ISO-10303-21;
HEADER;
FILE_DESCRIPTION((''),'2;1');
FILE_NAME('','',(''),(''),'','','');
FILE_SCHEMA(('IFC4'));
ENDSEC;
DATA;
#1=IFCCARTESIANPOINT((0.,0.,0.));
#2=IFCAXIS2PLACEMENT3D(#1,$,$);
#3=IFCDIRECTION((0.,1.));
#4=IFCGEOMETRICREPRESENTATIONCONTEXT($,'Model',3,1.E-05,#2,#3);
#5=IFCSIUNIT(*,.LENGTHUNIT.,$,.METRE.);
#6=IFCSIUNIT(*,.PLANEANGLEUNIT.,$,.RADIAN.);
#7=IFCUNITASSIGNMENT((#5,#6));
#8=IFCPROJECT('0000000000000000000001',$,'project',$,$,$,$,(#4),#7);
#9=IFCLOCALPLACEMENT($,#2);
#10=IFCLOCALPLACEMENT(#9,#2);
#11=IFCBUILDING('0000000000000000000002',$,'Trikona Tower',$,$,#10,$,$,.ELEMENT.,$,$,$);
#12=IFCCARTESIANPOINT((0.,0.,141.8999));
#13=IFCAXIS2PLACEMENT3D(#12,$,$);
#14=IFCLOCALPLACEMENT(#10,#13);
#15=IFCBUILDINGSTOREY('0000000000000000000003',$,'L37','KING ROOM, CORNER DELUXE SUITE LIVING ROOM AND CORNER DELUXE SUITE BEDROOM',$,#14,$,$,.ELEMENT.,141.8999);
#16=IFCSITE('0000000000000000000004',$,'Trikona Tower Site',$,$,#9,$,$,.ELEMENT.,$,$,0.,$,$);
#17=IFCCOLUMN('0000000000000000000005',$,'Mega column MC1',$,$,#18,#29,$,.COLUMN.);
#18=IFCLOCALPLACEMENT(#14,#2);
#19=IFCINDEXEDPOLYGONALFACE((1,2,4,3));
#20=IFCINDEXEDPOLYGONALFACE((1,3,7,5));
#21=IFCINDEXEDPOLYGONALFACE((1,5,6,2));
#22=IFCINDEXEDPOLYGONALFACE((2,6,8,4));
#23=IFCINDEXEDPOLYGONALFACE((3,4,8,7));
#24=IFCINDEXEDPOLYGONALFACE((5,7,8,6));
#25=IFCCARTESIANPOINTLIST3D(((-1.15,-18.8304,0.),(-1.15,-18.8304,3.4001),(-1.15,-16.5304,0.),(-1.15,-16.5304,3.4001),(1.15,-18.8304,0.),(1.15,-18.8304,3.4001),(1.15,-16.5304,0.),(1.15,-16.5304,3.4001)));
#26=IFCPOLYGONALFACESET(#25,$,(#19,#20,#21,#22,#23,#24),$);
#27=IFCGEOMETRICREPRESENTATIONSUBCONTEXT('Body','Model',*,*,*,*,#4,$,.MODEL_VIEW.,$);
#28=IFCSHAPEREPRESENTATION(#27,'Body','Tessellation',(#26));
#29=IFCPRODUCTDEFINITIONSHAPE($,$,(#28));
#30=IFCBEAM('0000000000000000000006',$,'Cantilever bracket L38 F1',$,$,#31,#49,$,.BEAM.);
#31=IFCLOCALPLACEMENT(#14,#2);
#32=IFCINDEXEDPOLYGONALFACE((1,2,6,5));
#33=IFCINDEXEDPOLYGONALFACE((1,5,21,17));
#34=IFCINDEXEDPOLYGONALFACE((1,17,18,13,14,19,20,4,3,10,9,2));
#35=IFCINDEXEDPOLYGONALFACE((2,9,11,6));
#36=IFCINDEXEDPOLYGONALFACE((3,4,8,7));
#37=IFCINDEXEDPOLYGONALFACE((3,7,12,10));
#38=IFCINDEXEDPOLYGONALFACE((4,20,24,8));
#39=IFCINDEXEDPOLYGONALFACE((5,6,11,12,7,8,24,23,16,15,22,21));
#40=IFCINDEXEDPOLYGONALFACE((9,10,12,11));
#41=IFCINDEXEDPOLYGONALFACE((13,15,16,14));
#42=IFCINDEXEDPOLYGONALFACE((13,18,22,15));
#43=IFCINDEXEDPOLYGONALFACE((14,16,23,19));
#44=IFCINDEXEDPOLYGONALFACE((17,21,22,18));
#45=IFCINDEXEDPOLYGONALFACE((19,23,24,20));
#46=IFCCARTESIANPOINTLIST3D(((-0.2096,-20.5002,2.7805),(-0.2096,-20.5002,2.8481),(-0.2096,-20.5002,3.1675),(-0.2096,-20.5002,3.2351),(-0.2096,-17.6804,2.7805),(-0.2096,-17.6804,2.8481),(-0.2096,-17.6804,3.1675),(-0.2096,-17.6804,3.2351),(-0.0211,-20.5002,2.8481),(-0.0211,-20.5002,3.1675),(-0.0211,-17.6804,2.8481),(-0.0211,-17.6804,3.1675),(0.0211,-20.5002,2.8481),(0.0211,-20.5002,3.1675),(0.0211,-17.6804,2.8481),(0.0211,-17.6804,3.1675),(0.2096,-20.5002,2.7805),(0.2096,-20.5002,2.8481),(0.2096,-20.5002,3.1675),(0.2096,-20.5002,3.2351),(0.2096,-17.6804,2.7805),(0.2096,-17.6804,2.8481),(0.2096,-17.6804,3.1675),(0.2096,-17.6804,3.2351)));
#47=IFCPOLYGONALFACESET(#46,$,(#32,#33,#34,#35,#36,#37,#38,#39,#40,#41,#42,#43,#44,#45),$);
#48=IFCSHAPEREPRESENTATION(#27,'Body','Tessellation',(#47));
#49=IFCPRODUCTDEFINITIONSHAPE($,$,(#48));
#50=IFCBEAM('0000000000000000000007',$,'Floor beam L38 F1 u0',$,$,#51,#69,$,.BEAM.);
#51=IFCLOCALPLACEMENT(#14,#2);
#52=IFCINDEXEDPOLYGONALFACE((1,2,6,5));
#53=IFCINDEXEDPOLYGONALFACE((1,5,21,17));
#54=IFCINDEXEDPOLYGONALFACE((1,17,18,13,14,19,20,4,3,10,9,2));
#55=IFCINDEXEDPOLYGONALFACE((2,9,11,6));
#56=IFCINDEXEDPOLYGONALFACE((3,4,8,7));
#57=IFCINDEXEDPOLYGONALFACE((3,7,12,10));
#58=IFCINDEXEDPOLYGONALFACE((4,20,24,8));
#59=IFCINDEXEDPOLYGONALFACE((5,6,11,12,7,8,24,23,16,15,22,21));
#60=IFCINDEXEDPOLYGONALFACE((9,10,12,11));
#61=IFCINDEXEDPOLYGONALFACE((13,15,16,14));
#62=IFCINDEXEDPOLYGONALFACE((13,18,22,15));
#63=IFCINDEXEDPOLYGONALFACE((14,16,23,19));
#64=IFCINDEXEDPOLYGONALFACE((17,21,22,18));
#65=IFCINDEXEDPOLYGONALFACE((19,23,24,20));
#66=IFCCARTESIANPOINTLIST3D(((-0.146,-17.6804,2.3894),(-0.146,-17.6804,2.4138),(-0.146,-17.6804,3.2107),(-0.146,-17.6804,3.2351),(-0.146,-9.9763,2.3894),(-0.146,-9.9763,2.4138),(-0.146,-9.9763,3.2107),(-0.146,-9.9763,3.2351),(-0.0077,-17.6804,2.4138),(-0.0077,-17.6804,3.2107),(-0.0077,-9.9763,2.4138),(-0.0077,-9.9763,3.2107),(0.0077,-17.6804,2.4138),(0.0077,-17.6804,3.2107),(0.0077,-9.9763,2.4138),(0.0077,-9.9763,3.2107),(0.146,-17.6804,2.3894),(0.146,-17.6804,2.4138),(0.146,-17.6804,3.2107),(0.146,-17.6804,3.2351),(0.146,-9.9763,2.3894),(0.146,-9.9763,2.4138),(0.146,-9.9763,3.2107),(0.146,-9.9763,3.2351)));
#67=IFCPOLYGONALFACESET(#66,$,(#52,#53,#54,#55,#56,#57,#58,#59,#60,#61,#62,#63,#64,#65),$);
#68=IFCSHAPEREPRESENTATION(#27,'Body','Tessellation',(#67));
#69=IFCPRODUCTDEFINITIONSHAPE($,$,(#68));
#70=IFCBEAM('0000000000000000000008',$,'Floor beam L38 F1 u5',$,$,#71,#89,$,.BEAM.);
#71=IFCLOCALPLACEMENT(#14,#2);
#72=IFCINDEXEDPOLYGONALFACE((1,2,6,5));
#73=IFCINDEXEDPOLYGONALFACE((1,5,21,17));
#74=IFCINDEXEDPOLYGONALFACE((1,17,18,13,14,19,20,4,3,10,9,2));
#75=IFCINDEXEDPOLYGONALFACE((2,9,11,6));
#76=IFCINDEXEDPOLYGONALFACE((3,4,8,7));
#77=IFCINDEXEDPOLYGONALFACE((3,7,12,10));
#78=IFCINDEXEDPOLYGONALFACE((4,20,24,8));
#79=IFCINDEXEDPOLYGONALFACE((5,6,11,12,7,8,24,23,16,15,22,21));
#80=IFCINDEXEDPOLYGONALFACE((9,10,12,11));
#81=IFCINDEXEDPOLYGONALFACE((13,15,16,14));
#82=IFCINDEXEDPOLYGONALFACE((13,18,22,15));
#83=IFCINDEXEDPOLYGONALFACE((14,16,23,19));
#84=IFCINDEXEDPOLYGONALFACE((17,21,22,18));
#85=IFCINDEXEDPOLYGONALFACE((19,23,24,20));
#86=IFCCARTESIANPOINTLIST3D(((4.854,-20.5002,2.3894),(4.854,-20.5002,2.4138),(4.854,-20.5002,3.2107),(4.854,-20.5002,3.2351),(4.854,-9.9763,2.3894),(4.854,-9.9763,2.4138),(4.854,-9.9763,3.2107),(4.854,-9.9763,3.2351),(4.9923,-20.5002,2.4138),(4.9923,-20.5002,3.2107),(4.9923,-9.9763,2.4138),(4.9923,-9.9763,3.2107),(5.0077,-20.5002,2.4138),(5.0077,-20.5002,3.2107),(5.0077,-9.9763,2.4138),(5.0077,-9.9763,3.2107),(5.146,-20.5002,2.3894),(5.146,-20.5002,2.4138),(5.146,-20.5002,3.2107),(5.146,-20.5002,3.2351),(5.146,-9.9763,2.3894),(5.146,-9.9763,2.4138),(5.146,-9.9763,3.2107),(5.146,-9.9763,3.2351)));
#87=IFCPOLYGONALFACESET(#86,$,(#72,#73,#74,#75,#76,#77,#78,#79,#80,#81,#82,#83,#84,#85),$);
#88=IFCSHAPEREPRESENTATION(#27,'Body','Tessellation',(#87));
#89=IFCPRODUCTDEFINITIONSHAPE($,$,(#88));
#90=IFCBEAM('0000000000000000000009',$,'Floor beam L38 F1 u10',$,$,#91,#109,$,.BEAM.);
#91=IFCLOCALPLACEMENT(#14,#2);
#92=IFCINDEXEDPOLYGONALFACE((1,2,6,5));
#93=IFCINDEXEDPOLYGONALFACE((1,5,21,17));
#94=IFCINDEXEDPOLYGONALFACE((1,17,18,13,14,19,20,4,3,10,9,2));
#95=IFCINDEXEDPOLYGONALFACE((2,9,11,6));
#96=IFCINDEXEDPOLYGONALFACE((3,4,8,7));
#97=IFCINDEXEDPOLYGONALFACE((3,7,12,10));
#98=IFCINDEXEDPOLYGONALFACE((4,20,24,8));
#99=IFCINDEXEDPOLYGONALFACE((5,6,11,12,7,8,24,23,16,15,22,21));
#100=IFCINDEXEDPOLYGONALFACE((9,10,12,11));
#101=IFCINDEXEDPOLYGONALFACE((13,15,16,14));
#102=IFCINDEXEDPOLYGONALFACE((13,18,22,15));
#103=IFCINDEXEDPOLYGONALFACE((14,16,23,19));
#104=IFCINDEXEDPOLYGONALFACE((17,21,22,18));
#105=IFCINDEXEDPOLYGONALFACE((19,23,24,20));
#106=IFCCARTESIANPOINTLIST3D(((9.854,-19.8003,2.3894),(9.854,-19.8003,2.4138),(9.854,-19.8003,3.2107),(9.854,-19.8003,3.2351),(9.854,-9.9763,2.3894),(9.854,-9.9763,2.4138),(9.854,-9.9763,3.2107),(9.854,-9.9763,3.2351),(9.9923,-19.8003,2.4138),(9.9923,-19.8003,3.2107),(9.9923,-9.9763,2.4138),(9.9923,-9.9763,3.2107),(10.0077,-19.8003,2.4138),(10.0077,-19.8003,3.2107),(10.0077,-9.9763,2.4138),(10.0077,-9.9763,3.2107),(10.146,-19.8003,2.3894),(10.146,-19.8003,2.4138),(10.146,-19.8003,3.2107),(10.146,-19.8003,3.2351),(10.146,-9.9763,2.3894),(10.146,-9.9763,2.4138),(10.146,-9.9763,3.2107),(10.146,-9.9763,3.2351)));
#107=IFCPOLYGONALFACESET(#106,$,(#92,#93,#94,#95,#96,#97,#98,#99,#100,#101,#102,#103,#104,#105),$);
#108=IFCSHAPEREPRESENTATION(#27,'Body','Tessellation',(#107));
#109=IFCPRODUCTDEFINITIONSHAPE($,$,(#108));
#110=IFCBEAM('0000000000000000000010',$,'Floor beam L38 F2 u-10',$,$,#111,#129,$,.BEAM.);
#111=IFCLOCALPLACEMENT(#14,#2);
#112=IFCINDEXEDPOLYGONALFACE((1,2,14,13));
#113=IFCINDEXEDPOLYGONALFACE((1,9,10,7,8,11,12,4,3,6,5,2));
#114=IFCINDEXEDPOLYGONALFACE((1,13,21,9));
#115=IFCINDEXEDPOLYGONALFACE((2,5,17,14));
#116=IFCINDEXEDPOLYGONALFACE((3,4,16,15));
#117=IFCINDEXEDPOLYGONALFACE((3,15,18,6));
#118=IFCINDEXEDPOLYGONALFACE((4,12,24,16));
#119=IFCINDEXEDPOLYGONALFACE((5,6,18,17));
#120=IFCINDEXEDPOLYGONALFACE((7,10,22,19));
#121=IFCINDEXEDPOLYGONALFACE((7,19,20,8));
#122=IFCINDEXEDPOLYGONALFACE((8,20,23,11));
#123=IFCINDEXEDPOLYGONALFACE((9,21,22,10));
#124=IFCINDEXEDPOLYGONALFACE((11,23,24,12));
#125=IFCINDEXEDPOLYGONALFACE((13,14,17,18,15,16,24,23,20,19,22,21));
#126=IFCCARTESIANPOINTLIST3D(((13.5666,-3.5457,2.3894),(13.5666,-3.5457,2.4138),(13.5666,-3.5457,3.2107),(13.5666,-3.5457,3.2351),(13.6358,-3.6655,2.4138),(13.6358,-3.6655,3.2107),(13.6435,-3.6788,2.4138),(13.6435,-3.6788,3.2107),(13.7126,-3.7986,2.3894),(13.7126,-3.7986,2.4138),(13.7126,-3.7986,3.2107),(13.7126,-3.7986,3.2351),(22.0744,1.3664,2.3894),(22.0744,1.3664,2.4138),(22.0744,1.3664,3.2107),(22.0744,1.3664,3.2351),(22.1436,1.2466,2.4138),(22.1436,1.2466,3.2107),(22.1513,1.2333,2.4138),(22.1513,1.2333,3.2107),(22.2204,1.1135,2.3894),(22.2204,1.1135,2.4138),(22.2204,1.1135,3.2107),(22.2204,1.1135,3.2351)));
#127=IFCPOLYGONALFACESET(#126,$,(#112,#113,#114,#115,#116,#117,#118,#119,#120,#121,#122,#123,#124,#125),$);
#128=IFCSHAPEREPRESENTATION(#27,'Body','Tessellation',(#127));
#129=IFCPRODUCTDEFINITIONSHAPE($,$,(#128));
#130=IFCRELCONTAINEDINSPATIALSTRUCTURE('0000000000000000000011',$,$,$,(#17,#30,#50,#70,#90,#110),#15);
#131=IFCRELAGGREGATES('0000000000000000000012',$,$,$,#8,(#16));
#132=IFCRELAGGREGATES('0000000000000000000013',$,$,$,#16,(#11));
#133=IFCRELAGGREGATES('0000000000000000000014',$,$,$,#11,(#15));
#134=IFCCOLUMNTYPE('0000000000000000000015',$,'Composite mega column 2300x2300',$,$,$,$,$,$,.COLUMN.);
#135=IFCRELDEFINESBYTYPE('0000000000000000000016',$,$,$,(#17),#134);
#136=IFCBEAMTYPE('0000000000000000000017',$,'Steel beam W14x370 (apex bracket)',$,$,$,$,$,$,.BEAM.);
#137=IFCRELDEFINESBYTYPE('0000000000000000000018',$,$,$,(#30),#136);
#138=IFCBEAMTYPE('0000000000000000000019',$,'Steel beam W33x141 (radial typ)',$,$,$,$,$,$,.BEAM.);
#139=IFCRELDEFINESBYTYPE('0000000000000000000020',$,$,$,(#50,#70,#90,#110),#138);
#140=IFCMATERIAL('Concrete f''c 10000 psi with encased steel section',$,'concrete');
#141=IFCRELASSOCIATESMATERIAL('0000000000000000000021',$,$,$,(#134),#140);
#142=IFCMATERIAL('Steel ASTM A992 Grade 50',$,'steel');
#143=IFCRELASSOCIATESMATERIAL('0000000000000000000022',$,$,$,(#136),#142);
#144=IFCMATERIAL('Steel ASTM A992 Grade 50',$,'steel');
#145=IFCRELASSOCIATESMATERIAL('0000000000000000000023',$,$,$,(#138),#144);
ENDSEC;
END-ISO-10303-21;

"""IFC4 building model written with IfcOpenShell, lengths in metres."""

from ifc_helpers import new_model, si_unit, direction, frame, origin, origin_2d, place, context, subcontext, project, spatial, rectangle, i_section, extrude, material, material_profile, profile_set, type_object, element, save


model = new_model("IFC4")

# Units and contexts
model_context = context("Model", 3, precision=1e-05, world=origin(), true_north=direction((0.0, 1.0)))
body_context = subcontext(model_context, "Body", "Model", "MODEL_VIEW")
ifc_project = project(units=[si_unit("LENGTHUNIT", "METRE"), si_unit("PLANEANGLEUNIT", "RADIAN")], contexts=[model_context])

# Site, building, storey
site_placement = place(None, origin())
site = spatial("IfcSite", under=ifc_project, at=site_placement, Name="Trikona Tower Site", CompositionType="ELEMENT", RefElevation=0.0)
building_placement = place(site_placement, origin())
building = spatial("IfcBuilding", under=site, at=building_placement, Name="Trikona Tower", CompositionType="ELEMENT")
storey_placement = place(building_placement, frame((0.0, 0.0, 141.8999)))
storey = spatial("IfcBuildingStorey", under=building, at=storey_placement, Name="L37", Description="KING ROOM, CORNER DELUXE SUITE LIVING ROOM AND CORNER DELUXE SUITE BEDROOM", CompositionType="ELEMENT", Elevation=141.8999)

# Column
ifc_material_1 = material(Name="Concrete f'c 10000 psi with encased steel section", Category="concrete")
ifc_material_profile_1 = material_profile(ifc_material_1, rectangle(XDim=2.3, YDim=2.3, at=origin_2d()), Name="MC2300")
ifc_profile_set_1 = profile_set([ifc_material_profile_1], Name="Concrete f'c 10000 psi with encased steel section")
column_type = type_object("IfcColumnType", Name="Composite mega column 2300x2300", PredefinedType="COLUMN", material=ifc_profile_set_1)
column_placement = place(storey_placement, frame((0.0, -17.6804, 0.0), z_axis=(0.0, 0.0, 1.0), x_axis=(0.0, -1.0, 0.0)))
element("IfcColumn", 1, at=column_placement, inside=storey, type_object=column_type, Name="Mega column MC1", PredefinedType="COLUMN", context=body_context, shape_type="SweptSolid", body=[
    extrude(rectangle(XDim=2.3, YDim=2.3, at=origin_2d()), origin(), (0.0, 0.0, 1.0), 3.4001),
])

# Beams
ifc_material_2 = material(Name="Steel ASTM A992 Grade 50", Category="steel")
ifc_material_profile_2 = material_profile(ifc_material_2, i_section(OverallWidth=0.4192, OverallDepth=0.4546, WebThickness=0.0422, FlangeThickness=0.0676, at=origin_2d()), Name="W14X370")
ifc_profile_set_2 = profile_set([ifc_material_profile_2], Name="Steel ASTM A992 Grade 50")
beam_type_1 = type_object("IfcBeamType", Name="Steel beam W14x370 (apex bracket)", PredefinedType="BEAM", material=ifc_profile_set_2)
beam_1_placement = place(storey_placement, frame((0.0, -17.6804, 3.0078), z_axis=(0.0, -1.0, 0.0), x_axis=(1.0, 0.0, 0.0)))
element("IfcBeam", 2, at=beam_1_placement, inside=storey, type_object=beam_type_1, Name="Cantilever bracket L38 F1", PredefinedType="BEAM", context=body_context, shape_type="SweptSolid", body=[
    extrude(i_section(OverallWidth=0.4192, OverallDepth=0.4546, WebThickness=0.0422, FlangeThickness=0.0676, at=origin_2d()), origin(), (0.0, 0.0, 1.0), 2.8198),
])
ifc_material_3 = material(Name="Steel ASTM A992 Grade 50", Category="steel")
ifc_material_profile_3 = material_profile(ifc_material_3, i_section(OverallWidth=0.292, OverallDepth=0.8457, WebThickness=0.0154, FlangeThickness=0.0244, at=origin_2d()), Name="W33X141")
ifc_profile_set_3 = profile_set([ifc_material_profile_3], Name="Steel ASTM A992 Grade 50")
beam_type_2 = type_object("IfcBeamType", Name="Steel beam W33x141 (radial typ)", PredefinedType="BEAM", material=ifc_profile_set_3)
beam_2_placement = place(storey_placement, frame((0.0, -9.9763, 2.8123), z_axis=(0.0, -1.0, 0.0), x_axis=(1.0, 0.0, 0.0)))
element("IfcBeam", 3, at=beam_2_placement, inside=storey, type_object=beam_type_2, Name="Floor beam L38 F1 u0", PredefinedType="BEAM", context=body_context, shape_type="SweptSolid", body=[
    extrude(i_section(OverallWidth=0.292, OverallDepth=0.8457, WebThickness=0.0154, FlangeThickness=0.0244, at=origin_2d()), origin(), (0.0, 0.0, 1.0), 7.7041),
])
beam_3_placement = place(storey_placement, frame((5.0, -9.9763, 2.8123), z_axis=(0.0, -1.0, 0.0), x_axis=(1.0, 0.0, 0.0)))
element("IfcBeam", 4, at=beam_3_placement, inside=storey, type_object=beam_type_2, Name="Floor beam L38 F1 u5", PredefinedType="BEAM", context=body_context, shape_type="SweptSolid", body=[
    extrude(i_section(OverallWidth=0.292, OverallDepth=0.8457, WebThickness=0.0154, FlangeThickness=0.0244, at=origin_2d()), origin(), (0.0, 0.0, 1.0), 10.5239),
])
for number, where, z_axis, x_axis, name in (
    (5, (10.0, -9.9763, 2.8123), (0.0, -1.0, 0.0), (1.0, 0.0, 0.0), "Floor beam L38 F1 u10"),
    (6, (13.6396, -3.6721, 2.8123), (0.86602, 0.500009, 0.0), (-0.500009, 0.86602, 0.0), "Floor beam L38 F2 u-10"),
):
    element("IfcBeam", number, at=place(storey_placement, frame(where, z_axis=z_axis, x_axis=x_axis)), inside=storey, type_object=beam_type_2, Name=name, PredefinedType="BEAM", context=body_context, shape_type="SweptSolid", body=[
        extrude(i_section(OverallWidth=0.292, OverallDepth=0.8457, WebThickness=0.0154, FlangeThickness=0.0244, at=origin_2d()), origin(), (0.0, 0.0, 1.0), 9.824),
    ])

save(model, "model.ifc")
